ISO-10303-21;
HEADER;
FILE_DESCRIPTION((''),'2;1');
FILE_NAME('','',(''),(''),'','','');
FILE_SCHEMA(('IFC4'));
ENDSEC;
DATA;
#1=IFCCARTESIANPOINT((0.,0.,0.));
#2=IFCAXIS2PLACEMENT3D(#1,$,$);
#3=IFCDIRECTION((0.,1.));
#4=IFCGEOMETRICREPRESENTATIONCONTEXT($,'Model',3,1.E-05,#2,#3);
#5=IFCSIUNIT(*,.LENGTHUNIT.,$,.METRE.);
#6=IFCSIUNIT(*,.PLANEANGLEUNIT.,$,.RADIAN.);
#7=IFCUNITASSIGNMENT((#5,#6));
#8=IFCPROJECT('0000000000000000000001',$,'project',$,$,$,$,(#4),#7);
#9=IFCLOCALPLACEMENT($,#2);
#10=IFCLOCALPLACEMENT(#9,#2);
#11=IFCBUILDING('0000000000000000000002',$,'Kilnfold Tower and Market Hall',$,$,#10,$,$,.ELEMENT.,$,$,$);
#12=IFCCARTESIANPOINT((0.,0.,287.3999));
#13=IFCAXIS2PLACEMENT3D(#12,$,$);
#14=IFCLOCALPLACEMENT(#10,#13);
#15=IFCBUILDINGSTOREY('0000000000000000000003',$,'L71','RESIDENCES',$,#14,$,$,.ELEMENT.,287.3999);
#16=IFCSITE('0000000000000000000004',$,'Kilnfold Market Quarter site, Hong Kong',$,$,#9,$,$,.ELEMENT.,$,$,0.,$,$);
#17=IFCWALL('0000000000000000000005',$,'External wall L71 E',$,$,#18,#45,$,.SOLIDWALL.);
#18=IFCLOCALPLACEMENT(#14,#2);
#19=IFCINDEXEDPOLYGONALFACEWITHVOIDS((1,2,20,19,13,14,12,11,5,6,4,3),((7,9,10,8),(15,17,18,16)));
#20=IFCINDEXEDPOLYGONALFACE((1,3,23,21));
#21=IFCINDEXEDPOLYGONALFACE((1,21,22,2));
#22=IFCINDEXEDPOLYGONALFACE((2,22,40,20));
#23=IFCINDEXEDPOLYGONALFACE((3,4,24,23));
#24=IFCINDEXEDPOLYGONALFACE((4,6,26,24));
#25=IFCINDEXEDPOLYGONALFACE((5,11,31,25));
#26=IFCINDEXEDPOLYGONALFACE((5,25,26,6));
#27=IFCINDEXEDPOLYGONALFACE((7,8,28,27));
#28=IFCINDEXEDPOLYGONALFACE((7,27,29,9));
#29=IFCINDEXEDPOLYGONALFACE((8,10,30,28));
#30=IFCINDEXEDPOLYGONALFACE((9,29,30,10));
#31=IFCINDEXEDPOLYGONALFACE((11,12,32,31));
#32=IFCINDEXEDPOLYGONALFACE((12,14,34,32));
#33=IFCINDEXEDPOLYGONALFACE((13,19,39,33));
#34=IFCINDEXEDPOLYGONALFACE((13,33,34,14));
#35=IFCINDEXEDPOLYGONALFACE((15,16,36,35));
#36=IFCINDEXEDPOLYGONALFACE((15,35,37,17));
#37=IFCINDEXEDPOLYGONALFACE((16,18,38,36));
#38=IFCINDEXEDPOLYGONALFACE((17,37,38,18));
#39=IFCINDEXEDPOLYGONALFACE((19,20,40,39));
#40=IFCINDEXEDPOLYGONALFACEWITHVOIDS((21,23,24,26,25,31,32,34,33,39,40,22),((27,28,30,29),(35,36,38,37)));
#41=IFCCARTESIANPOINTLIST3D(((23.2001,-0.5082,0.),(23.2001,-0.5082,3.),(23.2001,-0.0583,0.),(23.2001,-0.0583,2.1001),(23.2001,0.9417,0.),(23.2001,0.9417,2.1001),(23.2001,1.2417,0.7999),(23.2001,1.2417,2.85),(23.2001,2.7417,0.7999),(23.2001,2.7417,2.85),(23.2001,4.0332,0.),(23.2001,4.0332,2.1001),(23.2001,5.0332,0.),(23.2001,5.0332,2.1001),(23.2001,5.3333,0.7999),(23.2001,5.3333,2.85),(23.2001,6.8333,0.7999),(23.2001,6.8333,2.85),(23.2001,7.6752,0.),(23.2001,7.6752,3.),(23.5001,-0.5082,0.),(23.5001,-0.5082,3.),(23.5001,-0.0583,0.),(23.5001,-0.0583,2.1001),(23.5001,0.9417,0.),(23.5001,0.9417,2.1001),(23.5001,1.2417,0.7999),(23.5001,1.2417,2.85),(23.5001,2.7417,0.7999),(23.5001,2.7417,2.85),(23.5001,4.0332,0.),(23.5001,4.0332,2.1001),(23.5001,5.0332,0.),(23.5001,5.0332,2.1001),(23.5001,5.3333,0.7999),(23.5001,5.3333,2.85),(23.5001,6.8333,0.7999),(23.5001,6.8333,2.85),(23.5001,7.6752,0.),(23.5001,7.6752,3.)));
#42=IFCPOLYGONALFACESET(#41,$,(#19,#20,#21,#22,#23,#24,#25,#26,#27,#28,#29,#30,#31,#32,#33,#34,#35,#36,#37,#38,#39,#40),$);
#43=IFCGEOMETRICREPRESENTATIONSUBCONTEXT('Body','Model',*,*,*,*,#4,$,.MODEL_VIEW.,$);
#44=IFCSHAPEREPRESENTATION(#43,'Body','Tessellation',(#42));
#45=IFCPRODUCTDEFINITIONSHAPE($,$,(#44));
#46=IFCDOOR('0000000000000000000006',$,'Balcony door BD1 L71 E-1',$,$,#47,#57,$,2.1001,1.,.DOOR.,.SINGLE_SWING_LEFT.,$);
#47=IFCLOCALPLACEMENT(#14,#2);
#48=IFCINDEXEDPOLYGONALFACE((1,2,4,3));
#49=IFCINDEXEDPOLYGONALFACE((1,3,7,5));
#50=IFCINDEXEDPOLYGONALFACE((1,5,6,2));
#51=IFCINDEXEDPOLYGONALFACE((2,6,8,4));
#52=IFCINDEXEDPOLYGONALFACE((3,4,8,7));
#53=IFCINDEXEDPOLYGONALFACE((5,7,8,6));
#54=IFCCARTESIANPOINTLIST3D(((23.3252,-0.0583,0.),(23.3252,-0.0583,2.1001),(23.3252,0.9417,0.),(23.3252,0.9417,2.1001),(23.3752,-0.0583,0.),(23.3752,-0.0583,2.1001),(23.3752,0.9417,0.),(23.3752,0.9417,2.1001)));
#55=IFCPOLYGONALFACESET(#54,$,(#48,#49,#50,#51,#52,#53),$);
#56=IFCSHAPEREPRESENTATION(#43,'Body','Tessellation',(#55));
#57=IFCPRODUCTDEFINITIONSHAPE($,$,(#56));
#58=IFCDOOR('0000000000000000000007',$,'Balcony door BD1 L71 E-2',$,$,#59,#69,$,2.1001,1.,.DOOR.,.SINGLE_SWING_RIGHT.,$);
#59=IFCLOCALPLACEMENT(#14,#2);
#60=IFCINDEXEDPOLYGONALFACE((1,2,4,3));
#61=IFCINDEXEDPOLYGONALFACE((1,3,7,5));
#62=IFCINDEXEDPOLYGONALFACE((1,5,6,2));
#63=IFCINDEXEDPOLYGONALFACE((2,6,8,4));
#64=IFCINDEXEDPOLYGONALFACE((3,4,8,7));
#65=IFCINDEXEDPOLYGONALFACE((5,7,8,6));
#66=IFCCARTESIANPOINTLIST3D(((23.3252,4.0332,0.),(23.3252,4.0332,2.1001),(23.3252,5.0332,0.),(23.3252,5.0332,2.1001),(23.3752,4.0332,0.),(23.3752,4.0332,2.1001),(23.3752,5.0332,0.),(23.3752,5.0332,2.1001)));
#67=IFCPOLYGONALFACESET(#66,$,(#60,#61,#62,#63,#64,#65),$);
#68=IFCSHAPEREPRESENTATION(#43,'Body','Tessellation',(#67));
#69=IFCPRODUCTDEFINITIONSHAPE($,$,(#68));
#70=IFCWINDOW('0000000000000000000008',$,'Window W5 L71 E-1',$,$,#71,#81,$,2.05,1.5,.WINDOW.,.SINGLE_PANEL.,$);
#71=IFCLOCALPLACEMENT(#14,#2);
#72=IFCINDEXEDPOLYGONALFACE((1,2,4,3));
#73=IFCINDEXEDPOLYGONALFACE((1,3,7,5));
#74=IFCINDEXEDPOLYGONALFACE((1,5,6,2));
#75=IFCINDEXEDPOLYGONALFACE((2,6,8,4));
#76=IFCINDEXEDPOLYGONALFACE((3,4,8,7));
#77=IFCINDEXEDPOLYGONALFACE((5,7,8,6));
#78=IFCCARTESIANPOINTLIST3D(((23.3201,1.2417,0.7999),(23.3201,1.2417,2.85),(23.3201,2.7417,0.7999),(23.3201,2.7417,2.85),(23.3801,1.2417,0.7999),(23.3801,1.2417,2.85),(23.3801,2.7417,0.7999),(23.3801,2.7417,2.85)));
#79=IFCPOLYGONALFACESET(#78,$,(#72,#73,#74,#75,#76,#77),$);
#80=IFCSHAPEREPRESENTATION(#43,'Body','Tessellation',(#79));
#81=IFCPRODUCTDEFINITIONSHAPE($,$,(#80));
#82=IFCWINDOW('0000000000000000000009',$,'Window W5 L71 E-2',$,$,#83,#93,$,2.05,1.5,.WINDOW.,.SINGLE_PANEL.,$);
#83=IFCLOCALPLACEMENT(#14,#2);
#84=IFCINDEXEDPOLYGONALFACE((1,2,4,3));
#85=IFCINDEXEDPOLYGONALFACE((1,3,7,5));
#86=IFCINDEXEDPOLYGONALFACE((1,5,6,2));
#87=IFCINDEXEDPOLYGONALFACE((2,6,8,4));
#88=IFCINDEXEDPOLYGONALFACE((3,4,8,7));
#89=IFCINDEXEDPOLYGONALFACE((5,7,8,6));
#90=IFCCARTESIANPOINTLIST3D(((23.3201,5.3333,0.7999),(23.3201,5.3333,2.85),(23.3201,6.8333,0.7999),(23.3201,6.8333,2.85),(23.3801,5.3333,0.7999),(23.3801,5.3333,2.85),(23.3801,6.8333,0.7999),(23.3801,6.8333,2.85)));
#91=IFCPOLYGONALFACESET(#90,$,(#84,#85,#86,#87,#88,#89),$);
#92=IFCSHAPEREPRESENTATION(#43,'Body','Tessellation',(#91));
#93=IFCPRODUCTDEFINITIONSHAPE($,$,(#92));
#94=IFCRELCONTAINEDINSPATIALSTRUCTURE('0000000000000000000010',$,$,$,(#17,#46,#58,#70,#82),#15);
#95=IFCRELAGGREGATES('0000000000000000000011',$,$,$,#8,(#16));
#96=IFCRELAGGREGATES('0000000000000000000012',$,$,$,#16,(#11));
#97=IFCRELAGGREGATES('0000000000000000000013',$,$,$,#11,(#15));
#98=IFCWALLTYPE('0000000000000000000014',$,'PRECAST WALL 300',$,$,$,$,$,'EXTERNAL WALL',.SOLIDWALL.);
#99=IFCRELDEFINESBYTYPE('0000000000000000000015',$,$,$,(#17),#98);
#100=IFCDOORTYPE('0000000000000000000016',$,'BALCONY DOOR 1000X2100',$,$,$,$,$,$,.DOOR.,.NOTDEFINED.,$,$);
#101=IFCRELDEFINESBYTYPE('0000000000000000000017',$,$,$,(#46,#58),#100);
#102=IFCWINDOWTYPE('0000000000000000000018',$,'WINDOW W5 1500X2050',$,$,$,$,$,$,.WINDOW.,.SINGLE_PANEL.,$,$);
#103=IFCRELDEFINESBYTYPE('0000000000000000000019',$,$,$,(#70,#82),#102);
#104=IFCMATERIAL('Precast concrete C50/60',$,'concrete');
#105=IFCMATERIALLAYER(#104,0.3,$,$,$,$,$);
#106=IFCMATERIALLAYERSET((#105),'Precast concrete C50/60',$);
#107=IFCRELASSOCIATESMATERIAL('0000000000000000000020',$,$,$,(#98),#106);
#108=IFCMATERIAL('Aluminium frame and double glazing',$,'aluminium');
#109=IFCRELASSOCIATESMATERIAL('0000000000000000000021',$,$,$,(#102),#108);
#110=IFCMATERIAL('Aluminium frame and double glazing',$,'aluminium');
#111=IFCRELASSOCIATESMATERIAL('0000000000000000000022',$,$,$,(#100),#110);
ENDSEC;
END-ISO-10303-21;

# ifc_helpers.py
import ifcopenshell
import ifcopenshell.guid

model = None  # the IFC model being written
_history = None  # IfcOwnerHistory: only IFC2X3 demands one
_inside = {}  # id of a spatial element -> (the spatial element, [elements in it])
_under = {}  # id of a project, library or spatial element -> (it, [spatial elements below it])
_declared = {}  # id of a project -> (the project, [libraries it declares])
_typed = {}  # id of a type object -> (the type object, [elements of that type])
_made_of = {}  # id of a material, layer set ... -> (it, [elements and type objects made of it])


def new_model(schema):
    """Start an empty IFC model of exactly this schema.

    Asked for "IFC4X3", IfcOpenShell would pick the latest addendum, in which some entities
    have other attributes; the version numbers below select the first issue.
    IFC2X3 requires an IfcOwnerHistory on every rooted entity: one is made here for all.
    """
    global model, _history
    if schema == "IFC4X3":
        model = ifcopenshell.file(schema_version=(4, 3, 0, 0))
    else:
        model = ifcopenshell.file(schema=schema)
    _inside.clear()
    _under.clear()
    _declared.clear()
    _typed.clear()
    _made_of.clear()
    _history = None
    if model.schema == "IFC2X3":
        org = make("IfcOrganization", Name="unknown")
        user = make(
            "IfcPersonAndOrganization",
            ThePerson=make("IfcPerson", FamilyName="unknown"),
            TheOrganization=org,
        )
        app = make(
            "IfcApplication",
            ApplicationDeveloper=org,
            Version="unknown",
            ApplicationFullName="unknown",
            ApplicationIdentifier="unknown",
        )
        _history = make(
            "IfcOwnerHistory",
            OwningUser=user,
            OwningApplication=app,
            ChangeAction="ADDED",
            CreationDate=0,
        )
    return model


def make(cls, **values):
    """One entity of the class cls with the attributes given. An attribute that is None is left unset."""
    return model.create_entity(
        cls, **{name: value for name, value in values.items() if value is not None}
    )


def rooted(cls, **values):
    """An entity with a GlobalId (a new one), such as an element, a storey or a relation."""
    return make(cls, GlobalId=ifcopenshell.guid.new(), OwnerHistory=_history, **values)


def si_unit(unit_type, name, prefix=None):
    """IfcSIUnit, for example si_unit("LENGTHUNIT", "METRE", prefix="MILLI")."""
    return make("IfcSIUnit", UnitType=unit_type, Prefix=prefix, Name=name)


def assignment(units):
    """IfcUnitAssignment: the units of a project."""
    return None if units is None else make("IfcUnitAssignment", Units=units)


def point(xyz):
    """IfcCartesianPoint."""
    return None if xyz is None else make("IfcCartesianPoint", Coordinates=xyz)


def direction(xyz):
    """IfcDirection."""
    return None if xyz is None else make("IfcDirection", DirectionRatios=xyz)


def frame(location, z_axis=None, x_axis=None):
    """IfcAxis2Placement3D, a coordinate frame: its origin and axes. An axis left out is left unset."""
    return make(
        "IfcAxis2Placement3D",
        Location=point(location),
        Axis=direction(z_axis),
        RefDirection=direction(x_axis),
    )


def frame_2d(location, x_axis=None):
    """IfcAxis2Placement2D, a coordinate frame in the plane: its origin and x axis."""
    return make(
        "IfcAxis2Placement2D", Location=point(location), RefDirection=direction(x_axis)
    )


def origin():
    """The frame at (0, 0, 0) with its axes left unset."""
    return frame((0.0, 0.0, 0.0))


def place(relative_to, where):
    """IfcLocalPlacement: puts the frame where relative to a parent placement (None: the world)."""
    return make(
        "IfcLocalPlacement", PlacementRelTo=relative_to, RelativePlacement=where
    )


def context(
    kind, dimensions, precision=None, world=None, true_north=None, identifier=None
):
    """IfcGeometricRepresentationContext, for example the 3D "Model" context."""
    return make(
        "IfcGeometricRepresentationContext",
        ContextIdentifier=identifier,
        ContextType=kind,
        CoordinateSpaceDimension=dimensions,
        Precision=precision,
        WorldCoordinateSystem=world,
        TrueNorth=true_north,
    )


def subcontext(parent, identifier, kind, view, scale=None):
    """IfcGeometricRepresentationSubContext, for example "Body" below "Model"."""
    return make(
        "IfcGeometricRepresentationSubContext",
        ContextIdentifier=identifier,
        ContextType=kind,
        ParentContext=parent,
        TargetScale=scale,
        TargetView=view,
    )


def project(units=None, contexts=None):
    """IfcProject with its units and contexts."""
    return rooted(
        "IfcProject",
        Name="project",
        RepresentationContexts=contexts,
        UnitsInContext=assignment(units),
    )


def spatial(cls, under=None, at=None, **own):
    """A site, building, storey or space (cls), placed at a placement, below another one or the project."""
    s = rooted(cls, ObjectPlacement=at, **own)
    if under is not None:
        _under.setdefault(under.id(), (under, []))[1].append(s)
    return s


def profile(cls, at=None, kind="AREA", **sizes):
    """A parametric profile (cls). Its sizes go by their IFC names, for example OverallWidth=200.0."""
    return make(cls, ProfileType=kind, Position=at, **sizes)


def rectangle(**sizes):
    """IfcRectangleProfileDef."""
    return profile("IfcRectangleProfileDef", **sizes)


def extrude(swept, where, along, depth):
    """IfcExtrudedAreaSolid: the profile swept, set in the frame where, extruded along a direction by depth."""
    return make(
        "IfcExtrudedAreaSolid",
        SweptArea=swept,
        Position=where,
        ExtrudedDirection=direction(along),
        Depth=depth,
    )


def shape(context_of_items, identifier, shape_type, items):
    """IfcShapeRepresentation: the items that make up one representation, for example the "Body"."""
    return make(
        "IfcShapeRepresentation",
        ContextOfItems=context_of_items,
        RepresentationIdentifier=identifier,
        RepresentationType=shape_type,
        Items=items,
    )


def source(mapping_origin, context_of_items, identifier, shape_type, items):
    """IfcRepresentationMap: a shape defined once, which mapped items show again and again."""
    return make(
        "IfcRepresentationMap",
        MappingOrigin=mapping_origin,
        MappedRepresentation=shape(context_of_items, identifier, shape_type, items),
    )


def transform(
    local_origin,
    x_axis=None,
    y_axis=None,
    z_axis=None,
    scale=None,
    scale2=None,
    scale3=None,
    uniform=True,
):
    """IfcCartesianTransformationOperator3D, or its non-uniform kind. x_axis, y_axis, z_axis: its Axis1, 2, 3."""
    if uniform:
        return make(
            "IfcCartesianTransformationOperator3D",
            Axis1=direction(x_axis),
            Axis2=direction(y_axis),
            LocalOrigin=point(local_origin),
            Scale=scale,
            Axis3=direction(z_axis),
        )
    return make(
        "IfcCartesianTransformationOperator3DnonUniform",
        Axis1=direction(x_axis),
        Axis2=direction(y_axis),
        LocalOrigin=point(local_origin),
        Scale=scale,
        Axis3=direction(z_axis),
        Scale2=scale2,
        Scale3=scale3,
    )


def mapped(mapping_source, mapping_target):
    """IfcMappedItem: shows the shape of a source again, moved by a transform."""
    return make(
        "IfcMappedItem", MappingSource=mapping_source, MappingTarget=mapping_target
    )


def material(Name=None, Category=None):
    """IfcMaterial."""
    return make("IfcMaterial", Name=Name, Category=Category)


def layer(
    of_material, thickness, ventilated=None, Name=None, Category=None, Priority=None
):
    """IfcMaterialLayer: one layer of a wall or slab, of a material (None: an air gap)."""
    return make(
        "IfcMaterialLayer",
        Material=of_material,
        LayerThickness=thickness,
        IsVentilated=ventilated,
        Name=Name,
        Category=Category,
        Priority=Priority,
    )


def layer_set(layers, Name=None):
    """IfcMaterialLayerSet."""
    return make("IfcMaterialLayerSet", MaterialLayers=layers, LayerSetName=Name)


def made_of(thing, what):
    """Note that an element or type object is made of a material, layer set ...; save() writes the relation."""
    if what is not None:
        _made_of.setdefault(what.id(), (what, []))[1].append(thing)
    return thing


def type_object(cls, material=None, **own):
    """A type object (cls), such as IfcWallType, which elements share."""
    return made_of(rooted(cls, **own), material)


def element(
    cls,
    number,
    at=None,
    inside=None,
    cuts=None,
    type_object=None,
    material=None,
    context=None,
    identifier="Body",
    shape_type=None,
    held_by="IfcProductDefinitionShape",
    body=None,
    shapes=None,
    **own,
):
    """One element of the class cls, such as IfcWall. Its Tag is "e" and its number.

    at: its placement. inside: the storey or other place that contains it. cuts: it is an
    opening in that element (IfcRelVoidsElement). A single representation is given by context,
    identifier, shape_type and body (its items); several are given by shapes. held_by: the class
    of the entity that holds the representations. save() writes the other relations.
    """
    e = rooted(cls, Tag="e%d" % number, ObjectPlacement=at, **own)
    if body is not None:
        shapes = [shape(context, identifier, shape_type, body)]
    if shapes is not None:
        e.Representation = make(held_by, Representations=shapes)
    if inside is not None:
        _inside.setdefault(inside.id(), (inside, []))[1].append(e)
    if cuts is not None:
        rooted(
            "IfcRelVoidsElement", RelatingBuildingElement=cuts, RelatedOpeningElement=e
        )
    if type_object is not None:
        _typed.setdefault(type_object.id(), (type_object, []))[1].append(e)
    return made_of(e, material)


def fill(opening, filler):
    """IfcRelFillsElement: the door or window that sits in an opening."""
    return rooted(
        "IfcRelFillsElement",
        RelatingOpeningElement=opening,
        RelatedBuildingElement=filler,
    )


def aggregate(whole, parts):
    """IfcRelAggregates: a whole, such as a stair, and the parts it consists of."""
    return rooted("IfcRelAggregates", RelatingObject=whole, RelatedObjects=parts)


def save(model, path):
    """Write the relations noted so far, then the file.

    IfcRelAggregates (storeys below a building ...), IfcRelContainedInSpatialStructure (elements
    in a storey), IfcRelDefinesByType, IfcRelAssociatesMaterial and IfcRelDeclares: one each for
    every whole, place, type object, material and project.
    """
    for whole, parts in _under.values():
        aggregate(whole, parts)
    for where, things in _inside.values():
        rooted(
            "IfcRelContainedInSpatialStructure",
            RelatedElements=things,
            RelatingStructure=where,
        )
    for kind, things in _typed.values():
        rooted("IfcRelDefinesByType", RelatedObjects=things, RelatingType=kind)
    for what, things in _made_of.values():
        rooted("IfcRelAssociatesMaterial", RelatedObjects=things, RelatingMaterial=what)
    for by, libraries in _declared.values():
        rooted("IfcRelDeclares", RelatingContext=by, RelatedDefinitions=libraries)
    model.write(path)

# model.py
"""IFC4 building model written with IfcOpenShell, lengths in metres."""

from ifc_helpers import new_model, si_unit, direction, frame, frame_2d, origin, place, context, subcontext, project, spatial, rectangle, extrude, source, transform, mapped, material, layer, layer_set, type_object, element, fill, save


model = new_model("IFC4")

# Units and contexts
model_context = context("Model", 3, precision=1e-05, world=origin(), true_north=direction((0.0, 1.0)))
body_context = subcontext(model_context, "Body", "Model", "MODEL_VIEW")
ifc_project = project(units=[si_unit("LENGTHUNIT", "METRE"), si_unit("PLANEANGLEUNIT", "RADIAN")], contexts=[model_context])

# Site, building, storey
site_placement = place(None, origin())
site = spatial("IfcSite", under=ifc_project, at=site_placement, Name="Kilnfold Market Quarter site, Hong Kong", CompositionType="ELEMENT", RefElevation=0.0)
building_placement = place(site_placement, origin())
building = spatial("IfcBuilding", under=site, at=building_placement, Name="Kilnfold Tower and Market Hall", CompositionType="ELEMENT")
storey_placement = place(building_placement, frame((0.0, 0.0, 287.3999)))
storey = spatial("IfcBuildingStorey", under=building, at=storey_placement, Name="L71", Description="RESIDENCES", CompositionType="ELEMENT", Elevation=287.3999)

# Shared definitions
ifc_material_1 = material(Name="Precast concrete C50/60", Category="concrete")
ifc_layer_1 = layer(ifc_material_1, 0.3)
ifc_layer_set_1 = layer_set([ifc_layer_1], Name="Precast concrete C50/60")
wall_type_1 = type_object("IfcWallType", Name="PRECAST WALL 300", ElementType="EXTERNAL WALL", PredefinedType="SOLIDWALL", material=ifc_layer_set_1)
ifc_material_2 = material(Name="Aluminium frame and double glazing", Category="aluminium")
window_type = type_object("IfcWindowType", Name="WINDOW W5 1500X2050", PartitioningType="SINGLE_PANEL", PredefinedType="WINDOW", material=ifc_material_2)

# Wall, openings, doors, windows
shared_shape_1 = source(origin(), body_context, "Body", "SweptSolid", [
    extrude(rectangle(XDim=8.1833, YDim=0.3, at=frame_2d((4.0918, 0.0))), origin(), (0.0, 0.0, 1.0), 3.0),
])
wall_1_placement = place(storey_placement, frame((23.3501, -0.5083, 0.0), z_axis=(0.0, 0.0, 1.0), x_axis=(0.0, 1.0, 0.0)))
wall_1 = element("IfcWall", 1, at=wall_1_placement, inside=storey, type_object=wall_type_1, Name="External wall L71 E", PredefinedType="SOLIDWALL", context=body_context, shape_type="MappedRepresentation", body=[
    mapped(shared_shape_1, transform((0.0, 0.0, 0.0))),
])
opening_1_placement = place(wall_1_placement, frame((1.75, 0.0, 0.8)))
opening_1 = element("IfcOpeningElement", 2, at=opening_1_placement, cuts=wall_1, PredefinedType="OPENING", context=body_context, shape_type="SweptSolid", body=[
    extrude(rectangle(XDim=1.5, YDim=2.05, at=frame_2d((0.75, 1.0249))), frame((0.0, 0.1602, 0.0), z_axis=(0.0, -1.0, 0.0), x_axis=(1.0, 0.0, 0.0)), (0.0, 0.0, 1.0), 0.3201),
])
opening_2_placement = place(wall_1_placement, frame((0.45, 0.0, 0.0)))
opening_2 = element("IfcOpeningElement", 3, at=opening_2_placement, cuts=wall_1, PredefinedType="OPENING", context=body_context, shape_type="SweptSolid", body=[
    extrude(rectangle(XDim=1.0, YDim=2.1001, at=frame_2d((0.5, 1.05))), frame((0.0, 0.1602, 0.0), z_axis=(0.0, -1.0, 0.0), x_axis=(1.0, 0.0, 0.0)), (0.0, 0.0, 1.0), 0.3201),
])
opening_3_placement = place(wall_1_placement, frame((5.8416, 0.0, 0.8)))
opening_3 = element("IfcOpeningElement", 4, at=opening_3_placement, cuts=wall_1, PredefinedType="OPENING", context=body_context, shape_type="SweptSolid", body=[
    extrude(rectangle(XDim=1.5, YDim=2.05, at=frame_2d((0.75, 1.0249))), frame((0.0, 0.1602, 0.0), z_axis=(0.0, -1.0, 0.0), x_axis=(1.0, 0.0, 0.0)), (0.0, 0.0, 1.0), 0.3201),
])
opening_4_placement = place(wall_1_placement, frame((4.5415, 0.0, 0.0)))
opening_4 = element("IfcOpeningElement", 5, at=opening_4_placement, cuts=wall_1, PredefinedType="OPENING", context=body_context, shape_type="SweptSolid", body=[
    extrude(rectangle(XDim=1.0, YDim=2.1001, at=frame_2d((0.5, 1.05))), frame((0.0, 0.1602, 0.0), z_axis=(0.0, -1.0, 0.0), x_axis=(1.0, 0.0, 0.0)), (0.0, 0.0, 1.0), 0.3201),
])
ifc_material_3 = material(Name="Aluminium frame and double glazing", Category="aluminium")
door_type_1 = type_object("IfcDoorType", Name="BALCONY DOOR 1000X2100", OperationType="NOTDEFINED", PredefinedType="DOOR", material=ifc_material_3)
door_1_placement = place(opening_2_placement, origin())
door_1 = element("IfcDoor", 6, at=door_1_placement, inside=storey, type_object=door_type_1, Name="Balcony door BD1 L71 E-1", OperationType="SINGLE_SWING_LEFT", OverallHeight=2.1001, OverallWidth=1.0, PredefinedType="DOOR", context=body_context, shape_type="SweptSolid", body=[
    extrude(rectangle(XDim=1.0, YDim=2.1001, at=frame_2d((0.5, 1.05))), frame((0.0, 0.0249, 0.0), z_axis=(0.0, -1.0, 0.0), x_axis=(1.0, 0.0, 0.0)), (0.0, 0.0, 1.0), 0.05),
])
fill(opening_2, door_1)
door_2_placement = place(opening_4_placement, origin())
door_2 = element("IfcDoor", 7, at=door_2_placement, inside=storey, type_object=door_type_1, Name="Balcony door BD1 L71 E-2", OperationType="SINGLE_SWING_RIGHT", OverallHeight=2.1001, OverallWidth=1.0, PredefinedType="DOOR", context=body_context, shape_type="SweptSolid", body=[
    extrude(rectangle(XDim=1.0, YDim=2.1001, at=frame_2d((0.5, 1.05))), frame((0.0, 0.0249, 0.0), z_axis=(0.0, -1.0, 0.0), x_axis=(1.0, 0.0, 0.0)), (0.0, 0.0, 1.0), 0.05),
])
fill(opening_4, door_2)
window_1_placement = place(opening_1_placement, origin())
window_1 = element("IfcWindow", 8, at=window_1_placement, inside=storey, type_object=window_type, Name="Window W5 L71 E-1", OverallHeight=2.05, OverallWidth=1.5, PartitioningType="SINGLE_PANEL", PredefinedType="WINDOW", context=body_context, shape_type="SweptSolid", body=[
    extrude(rectangle(XDim=1.5, YDim=2.05, at=frame_2d((0.75, 1.0249))), frame((0.0, 0.03, 0.0), z_axis=(0.0, -1.0, 0.0), x_axis=(1.0, 0.0, 0.0)), (0.0, 0.0, 1.0), 0.0601),
])
fill(opening_1, window_1)
window_2_placement = place(opening_3_placement, origin())
window_2 = element("IfcWindow", 9, at=window_2_placement, inside=storey, type_object=window_type, Name="Window W5 L71 E-2", OverallHeight=2.05, OverallWidth=1.5, PartitioningType="SINGLE_PANEL", PredefinedType="WINDOW", context=body_context, shape_type="SweptSolid", body=[
    extrude(rectangle(XDim=1.5, YDim=2.05, at=frame_2d((0.75, 1.0249))), frame((0.0, 0.03, 0.0), z_axis=(0.0, -1.0, 0.0), x_axis=(1.0, 0.0, 0.0)), (0.0, 0.0, 1.0), 0.0601),
])
fill(opening_3, window_2)

save(model, "model.ifc")
